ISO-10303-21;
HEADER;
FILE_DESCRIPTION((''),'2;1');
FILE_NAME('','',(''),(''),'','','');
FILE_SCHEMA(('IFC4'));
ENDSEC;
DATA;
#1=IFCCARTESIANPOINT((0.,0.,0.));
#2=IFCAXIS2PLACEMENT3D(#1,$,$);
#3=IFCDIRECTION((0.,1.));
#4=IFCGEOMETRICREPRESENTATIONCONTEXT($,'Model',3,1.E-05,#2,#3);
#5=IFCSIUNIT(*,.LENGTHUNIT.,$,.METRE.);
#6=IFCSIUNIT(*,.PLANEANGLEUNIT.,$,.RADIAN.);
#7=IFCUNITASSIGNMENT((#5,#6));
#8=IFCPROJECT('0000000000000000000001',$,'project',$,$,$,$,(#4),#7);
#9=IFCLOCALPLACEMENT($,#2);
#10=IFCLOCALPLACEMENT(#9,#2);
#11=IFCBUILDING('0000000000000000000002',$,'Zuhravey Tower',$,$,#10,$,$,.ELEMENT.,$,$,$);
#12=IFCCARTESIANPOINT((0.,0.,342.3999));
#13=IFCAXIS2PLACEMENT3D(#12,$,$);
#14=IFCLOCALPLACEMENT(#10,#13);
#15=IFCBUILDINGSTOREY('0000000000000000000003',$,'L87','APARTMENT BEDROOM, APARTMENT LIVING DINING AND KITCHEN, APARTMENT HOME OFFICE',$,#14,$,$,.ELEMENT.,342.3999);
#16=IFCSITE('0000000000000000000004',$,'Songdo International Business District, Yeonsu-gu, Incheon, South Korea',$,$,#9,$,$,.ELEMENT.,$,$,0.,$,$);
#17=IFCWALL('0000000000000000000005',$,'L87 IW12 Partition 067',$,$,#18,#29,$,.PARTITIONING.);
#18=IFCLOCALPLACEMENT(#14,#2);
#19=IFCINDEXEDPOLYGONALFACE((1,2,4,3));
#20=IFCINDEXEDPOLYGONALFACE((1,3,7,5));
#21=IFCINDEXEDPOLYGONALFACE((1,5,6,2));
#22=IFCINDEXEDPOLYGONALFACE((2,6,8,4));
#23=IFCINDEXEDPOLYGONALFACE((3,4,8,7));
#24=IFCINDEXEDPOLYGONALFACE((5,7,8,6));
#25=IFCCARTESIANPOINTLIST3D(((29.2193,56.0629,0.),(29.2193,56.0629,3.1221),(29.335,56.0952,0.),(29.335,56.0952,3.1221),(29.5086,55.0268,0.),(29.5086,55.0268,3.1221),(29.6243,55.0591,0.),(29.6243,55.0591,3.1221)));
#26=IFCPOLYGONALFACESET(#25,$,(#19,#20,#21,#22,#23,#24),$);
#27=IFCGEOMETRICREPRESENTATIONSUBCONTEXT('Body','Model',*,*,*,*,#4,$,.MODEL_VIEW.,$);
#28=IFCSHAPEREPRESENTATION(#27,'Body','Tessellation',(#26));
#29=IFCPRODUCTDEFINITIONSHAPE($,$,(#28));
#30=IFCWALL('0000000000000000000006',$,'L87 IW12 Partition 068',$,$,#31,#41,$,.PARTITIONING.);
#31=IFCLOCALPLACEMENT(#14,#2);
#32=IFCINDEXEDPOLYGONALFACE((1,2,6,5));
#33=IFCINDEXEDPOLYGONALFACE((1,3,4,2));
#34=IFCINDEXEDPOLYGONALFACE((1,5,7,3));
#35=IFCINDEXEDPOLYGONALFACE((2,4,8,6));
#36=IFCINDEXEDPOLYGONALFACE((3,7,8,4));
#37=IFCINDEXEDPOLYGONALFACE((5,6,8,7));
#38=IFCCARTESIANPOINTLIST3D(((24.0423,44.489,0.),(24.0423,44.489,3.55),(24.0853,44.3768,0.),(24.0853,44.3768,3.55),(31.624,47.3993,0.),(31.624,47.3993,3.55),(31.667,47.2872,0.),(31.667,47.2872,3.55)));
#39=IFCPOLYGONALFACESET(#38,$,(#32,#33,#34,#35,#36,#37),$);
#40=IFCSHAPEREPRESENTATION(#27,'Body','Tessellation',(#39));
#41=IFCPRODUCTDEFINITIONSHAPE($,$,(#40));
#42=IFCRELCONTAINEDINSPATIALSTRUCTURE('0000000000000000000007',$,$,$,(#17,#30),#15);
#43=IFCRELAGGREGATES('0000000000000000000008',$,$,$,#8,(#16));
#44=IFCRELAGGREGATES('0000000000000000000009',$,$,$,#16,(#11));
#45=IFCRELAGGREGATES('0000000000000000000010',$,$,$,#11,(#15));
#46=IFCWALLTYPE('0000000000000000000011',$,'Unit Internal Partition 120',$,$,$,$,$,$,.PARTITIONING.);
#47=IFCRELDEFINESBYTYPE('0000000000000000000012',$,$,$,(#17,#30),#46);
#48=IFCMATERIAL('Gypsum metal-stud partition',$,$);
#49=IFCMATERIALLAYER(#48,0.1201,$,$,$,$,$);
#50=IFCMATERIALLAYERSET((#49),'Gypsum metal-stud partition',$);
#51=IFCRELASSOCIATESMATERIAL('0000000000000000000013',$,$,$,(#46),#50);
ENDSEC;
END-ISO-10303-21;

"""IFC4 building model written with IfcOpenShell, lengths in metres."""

from ifc_helpers import new_model, si_unit, direction, frame, frame_2d, origin, place, context, subcontext, project, spatial, rectangle, extrude, material, layer, layer_set, type_object, element, save


model = new_model("IFC4")

# Units and contexts
model_context = context("Model", 3, precision=1e-05, world=origin(), true_north=direction((0.0, 1.0)))
body_context = subcontext(model_context, "Body", "Model", "MODEL_VIEW")
ifc_project = project(units=[si_unit("LENGTHUNIT", "METRE"), si_unit("PLANEANGLEUNIT", "RADIAN")], contexts=[model_context])

# Site, building, storey
site_placement = place(None, origin())
site = spatial("IfcSite", under=ifc_project, at=site_placement, Name="Songdo International Business District, Yeonsu-gu, Incheon, South Korea", CompositionType="ELEMENT", RefElevation=0.0)
building_placement = place(site_placement, origin())
building = spatial("IfcBuilding", under=site, at=building_placement, Name="Zuhravey Tower", CompositionType="ELEMENT")
storey_placement = place(building_placement, frame((0.0, 0.0, 342.3999)))
storey = spatial("IfcBuildingStorey", under=building, at=storey_placement, Name="L87", Description="APARTMENT BEDROOM, APARTMENT LIVING DINING AND KITCHEN, APARTMENT HOME OFFICE", CompositionType="ELEMENT", Elevation=342.3999)

# Shared definitions
ifc_material_1 = material(Name="Gypsum metal-stud partition")
ifc_layer_1 = layer(ifc_material_1, 0.1201)
ifc_layer_set_1 = layer_set([ifc_layer_1], Name="Gypsum metal-stud partition")
wall_type_1 = type_object("IfcWallType", Name="Unit Internal Partition 120", PredefinedType="PARTITIONING", material=ifc_layer_set_1)

# Walls
wall_1_placement = place(storey_placement, frame((29.5664, 55.043, 0.0), z_axis=(0.0, 0.0, 1.0), x_axis=(-0.268931, 0.963159, 0.0)))
element("IfcWall", 1, at=wall_1_placement, inside=storey, type_object=wall_type_1, Name="L87 IW12 Partition 067", PredefinedType="PARTITIONING", context=body_context, shape_type="SweptSolid", body=[
    extrude(rectangle(XDim=1.0757, YDim=0.1201, at=frame_2d((0.5378, 0.0))), origin(), (0.0, 0.0, 1.0), 3.1221),
])
wall_2_placement = place(storey_placement, frame((31.6455, 47.3433, 0.0), z_axis=(0.0, 0.0, 1.0), x_axis=(-0.933579, -0.358371, 0.0)))
element("IfcWall", 2, at=wall_2_placement, inside=storey, type_object=wall_type_1, Name="L87 IW12 Partition 068", PredefinedType="PARTITIONING", context=body_context, shape_type="SweptSolid", body=[
    extrude(rectangle(XDim=8.1211, YDim=0.1201, at=frame_2d((4.0605, 0.0))), origin(), (0.0, 0.0, 1.0), 3.55),
])

save(model, "model.ifc")
